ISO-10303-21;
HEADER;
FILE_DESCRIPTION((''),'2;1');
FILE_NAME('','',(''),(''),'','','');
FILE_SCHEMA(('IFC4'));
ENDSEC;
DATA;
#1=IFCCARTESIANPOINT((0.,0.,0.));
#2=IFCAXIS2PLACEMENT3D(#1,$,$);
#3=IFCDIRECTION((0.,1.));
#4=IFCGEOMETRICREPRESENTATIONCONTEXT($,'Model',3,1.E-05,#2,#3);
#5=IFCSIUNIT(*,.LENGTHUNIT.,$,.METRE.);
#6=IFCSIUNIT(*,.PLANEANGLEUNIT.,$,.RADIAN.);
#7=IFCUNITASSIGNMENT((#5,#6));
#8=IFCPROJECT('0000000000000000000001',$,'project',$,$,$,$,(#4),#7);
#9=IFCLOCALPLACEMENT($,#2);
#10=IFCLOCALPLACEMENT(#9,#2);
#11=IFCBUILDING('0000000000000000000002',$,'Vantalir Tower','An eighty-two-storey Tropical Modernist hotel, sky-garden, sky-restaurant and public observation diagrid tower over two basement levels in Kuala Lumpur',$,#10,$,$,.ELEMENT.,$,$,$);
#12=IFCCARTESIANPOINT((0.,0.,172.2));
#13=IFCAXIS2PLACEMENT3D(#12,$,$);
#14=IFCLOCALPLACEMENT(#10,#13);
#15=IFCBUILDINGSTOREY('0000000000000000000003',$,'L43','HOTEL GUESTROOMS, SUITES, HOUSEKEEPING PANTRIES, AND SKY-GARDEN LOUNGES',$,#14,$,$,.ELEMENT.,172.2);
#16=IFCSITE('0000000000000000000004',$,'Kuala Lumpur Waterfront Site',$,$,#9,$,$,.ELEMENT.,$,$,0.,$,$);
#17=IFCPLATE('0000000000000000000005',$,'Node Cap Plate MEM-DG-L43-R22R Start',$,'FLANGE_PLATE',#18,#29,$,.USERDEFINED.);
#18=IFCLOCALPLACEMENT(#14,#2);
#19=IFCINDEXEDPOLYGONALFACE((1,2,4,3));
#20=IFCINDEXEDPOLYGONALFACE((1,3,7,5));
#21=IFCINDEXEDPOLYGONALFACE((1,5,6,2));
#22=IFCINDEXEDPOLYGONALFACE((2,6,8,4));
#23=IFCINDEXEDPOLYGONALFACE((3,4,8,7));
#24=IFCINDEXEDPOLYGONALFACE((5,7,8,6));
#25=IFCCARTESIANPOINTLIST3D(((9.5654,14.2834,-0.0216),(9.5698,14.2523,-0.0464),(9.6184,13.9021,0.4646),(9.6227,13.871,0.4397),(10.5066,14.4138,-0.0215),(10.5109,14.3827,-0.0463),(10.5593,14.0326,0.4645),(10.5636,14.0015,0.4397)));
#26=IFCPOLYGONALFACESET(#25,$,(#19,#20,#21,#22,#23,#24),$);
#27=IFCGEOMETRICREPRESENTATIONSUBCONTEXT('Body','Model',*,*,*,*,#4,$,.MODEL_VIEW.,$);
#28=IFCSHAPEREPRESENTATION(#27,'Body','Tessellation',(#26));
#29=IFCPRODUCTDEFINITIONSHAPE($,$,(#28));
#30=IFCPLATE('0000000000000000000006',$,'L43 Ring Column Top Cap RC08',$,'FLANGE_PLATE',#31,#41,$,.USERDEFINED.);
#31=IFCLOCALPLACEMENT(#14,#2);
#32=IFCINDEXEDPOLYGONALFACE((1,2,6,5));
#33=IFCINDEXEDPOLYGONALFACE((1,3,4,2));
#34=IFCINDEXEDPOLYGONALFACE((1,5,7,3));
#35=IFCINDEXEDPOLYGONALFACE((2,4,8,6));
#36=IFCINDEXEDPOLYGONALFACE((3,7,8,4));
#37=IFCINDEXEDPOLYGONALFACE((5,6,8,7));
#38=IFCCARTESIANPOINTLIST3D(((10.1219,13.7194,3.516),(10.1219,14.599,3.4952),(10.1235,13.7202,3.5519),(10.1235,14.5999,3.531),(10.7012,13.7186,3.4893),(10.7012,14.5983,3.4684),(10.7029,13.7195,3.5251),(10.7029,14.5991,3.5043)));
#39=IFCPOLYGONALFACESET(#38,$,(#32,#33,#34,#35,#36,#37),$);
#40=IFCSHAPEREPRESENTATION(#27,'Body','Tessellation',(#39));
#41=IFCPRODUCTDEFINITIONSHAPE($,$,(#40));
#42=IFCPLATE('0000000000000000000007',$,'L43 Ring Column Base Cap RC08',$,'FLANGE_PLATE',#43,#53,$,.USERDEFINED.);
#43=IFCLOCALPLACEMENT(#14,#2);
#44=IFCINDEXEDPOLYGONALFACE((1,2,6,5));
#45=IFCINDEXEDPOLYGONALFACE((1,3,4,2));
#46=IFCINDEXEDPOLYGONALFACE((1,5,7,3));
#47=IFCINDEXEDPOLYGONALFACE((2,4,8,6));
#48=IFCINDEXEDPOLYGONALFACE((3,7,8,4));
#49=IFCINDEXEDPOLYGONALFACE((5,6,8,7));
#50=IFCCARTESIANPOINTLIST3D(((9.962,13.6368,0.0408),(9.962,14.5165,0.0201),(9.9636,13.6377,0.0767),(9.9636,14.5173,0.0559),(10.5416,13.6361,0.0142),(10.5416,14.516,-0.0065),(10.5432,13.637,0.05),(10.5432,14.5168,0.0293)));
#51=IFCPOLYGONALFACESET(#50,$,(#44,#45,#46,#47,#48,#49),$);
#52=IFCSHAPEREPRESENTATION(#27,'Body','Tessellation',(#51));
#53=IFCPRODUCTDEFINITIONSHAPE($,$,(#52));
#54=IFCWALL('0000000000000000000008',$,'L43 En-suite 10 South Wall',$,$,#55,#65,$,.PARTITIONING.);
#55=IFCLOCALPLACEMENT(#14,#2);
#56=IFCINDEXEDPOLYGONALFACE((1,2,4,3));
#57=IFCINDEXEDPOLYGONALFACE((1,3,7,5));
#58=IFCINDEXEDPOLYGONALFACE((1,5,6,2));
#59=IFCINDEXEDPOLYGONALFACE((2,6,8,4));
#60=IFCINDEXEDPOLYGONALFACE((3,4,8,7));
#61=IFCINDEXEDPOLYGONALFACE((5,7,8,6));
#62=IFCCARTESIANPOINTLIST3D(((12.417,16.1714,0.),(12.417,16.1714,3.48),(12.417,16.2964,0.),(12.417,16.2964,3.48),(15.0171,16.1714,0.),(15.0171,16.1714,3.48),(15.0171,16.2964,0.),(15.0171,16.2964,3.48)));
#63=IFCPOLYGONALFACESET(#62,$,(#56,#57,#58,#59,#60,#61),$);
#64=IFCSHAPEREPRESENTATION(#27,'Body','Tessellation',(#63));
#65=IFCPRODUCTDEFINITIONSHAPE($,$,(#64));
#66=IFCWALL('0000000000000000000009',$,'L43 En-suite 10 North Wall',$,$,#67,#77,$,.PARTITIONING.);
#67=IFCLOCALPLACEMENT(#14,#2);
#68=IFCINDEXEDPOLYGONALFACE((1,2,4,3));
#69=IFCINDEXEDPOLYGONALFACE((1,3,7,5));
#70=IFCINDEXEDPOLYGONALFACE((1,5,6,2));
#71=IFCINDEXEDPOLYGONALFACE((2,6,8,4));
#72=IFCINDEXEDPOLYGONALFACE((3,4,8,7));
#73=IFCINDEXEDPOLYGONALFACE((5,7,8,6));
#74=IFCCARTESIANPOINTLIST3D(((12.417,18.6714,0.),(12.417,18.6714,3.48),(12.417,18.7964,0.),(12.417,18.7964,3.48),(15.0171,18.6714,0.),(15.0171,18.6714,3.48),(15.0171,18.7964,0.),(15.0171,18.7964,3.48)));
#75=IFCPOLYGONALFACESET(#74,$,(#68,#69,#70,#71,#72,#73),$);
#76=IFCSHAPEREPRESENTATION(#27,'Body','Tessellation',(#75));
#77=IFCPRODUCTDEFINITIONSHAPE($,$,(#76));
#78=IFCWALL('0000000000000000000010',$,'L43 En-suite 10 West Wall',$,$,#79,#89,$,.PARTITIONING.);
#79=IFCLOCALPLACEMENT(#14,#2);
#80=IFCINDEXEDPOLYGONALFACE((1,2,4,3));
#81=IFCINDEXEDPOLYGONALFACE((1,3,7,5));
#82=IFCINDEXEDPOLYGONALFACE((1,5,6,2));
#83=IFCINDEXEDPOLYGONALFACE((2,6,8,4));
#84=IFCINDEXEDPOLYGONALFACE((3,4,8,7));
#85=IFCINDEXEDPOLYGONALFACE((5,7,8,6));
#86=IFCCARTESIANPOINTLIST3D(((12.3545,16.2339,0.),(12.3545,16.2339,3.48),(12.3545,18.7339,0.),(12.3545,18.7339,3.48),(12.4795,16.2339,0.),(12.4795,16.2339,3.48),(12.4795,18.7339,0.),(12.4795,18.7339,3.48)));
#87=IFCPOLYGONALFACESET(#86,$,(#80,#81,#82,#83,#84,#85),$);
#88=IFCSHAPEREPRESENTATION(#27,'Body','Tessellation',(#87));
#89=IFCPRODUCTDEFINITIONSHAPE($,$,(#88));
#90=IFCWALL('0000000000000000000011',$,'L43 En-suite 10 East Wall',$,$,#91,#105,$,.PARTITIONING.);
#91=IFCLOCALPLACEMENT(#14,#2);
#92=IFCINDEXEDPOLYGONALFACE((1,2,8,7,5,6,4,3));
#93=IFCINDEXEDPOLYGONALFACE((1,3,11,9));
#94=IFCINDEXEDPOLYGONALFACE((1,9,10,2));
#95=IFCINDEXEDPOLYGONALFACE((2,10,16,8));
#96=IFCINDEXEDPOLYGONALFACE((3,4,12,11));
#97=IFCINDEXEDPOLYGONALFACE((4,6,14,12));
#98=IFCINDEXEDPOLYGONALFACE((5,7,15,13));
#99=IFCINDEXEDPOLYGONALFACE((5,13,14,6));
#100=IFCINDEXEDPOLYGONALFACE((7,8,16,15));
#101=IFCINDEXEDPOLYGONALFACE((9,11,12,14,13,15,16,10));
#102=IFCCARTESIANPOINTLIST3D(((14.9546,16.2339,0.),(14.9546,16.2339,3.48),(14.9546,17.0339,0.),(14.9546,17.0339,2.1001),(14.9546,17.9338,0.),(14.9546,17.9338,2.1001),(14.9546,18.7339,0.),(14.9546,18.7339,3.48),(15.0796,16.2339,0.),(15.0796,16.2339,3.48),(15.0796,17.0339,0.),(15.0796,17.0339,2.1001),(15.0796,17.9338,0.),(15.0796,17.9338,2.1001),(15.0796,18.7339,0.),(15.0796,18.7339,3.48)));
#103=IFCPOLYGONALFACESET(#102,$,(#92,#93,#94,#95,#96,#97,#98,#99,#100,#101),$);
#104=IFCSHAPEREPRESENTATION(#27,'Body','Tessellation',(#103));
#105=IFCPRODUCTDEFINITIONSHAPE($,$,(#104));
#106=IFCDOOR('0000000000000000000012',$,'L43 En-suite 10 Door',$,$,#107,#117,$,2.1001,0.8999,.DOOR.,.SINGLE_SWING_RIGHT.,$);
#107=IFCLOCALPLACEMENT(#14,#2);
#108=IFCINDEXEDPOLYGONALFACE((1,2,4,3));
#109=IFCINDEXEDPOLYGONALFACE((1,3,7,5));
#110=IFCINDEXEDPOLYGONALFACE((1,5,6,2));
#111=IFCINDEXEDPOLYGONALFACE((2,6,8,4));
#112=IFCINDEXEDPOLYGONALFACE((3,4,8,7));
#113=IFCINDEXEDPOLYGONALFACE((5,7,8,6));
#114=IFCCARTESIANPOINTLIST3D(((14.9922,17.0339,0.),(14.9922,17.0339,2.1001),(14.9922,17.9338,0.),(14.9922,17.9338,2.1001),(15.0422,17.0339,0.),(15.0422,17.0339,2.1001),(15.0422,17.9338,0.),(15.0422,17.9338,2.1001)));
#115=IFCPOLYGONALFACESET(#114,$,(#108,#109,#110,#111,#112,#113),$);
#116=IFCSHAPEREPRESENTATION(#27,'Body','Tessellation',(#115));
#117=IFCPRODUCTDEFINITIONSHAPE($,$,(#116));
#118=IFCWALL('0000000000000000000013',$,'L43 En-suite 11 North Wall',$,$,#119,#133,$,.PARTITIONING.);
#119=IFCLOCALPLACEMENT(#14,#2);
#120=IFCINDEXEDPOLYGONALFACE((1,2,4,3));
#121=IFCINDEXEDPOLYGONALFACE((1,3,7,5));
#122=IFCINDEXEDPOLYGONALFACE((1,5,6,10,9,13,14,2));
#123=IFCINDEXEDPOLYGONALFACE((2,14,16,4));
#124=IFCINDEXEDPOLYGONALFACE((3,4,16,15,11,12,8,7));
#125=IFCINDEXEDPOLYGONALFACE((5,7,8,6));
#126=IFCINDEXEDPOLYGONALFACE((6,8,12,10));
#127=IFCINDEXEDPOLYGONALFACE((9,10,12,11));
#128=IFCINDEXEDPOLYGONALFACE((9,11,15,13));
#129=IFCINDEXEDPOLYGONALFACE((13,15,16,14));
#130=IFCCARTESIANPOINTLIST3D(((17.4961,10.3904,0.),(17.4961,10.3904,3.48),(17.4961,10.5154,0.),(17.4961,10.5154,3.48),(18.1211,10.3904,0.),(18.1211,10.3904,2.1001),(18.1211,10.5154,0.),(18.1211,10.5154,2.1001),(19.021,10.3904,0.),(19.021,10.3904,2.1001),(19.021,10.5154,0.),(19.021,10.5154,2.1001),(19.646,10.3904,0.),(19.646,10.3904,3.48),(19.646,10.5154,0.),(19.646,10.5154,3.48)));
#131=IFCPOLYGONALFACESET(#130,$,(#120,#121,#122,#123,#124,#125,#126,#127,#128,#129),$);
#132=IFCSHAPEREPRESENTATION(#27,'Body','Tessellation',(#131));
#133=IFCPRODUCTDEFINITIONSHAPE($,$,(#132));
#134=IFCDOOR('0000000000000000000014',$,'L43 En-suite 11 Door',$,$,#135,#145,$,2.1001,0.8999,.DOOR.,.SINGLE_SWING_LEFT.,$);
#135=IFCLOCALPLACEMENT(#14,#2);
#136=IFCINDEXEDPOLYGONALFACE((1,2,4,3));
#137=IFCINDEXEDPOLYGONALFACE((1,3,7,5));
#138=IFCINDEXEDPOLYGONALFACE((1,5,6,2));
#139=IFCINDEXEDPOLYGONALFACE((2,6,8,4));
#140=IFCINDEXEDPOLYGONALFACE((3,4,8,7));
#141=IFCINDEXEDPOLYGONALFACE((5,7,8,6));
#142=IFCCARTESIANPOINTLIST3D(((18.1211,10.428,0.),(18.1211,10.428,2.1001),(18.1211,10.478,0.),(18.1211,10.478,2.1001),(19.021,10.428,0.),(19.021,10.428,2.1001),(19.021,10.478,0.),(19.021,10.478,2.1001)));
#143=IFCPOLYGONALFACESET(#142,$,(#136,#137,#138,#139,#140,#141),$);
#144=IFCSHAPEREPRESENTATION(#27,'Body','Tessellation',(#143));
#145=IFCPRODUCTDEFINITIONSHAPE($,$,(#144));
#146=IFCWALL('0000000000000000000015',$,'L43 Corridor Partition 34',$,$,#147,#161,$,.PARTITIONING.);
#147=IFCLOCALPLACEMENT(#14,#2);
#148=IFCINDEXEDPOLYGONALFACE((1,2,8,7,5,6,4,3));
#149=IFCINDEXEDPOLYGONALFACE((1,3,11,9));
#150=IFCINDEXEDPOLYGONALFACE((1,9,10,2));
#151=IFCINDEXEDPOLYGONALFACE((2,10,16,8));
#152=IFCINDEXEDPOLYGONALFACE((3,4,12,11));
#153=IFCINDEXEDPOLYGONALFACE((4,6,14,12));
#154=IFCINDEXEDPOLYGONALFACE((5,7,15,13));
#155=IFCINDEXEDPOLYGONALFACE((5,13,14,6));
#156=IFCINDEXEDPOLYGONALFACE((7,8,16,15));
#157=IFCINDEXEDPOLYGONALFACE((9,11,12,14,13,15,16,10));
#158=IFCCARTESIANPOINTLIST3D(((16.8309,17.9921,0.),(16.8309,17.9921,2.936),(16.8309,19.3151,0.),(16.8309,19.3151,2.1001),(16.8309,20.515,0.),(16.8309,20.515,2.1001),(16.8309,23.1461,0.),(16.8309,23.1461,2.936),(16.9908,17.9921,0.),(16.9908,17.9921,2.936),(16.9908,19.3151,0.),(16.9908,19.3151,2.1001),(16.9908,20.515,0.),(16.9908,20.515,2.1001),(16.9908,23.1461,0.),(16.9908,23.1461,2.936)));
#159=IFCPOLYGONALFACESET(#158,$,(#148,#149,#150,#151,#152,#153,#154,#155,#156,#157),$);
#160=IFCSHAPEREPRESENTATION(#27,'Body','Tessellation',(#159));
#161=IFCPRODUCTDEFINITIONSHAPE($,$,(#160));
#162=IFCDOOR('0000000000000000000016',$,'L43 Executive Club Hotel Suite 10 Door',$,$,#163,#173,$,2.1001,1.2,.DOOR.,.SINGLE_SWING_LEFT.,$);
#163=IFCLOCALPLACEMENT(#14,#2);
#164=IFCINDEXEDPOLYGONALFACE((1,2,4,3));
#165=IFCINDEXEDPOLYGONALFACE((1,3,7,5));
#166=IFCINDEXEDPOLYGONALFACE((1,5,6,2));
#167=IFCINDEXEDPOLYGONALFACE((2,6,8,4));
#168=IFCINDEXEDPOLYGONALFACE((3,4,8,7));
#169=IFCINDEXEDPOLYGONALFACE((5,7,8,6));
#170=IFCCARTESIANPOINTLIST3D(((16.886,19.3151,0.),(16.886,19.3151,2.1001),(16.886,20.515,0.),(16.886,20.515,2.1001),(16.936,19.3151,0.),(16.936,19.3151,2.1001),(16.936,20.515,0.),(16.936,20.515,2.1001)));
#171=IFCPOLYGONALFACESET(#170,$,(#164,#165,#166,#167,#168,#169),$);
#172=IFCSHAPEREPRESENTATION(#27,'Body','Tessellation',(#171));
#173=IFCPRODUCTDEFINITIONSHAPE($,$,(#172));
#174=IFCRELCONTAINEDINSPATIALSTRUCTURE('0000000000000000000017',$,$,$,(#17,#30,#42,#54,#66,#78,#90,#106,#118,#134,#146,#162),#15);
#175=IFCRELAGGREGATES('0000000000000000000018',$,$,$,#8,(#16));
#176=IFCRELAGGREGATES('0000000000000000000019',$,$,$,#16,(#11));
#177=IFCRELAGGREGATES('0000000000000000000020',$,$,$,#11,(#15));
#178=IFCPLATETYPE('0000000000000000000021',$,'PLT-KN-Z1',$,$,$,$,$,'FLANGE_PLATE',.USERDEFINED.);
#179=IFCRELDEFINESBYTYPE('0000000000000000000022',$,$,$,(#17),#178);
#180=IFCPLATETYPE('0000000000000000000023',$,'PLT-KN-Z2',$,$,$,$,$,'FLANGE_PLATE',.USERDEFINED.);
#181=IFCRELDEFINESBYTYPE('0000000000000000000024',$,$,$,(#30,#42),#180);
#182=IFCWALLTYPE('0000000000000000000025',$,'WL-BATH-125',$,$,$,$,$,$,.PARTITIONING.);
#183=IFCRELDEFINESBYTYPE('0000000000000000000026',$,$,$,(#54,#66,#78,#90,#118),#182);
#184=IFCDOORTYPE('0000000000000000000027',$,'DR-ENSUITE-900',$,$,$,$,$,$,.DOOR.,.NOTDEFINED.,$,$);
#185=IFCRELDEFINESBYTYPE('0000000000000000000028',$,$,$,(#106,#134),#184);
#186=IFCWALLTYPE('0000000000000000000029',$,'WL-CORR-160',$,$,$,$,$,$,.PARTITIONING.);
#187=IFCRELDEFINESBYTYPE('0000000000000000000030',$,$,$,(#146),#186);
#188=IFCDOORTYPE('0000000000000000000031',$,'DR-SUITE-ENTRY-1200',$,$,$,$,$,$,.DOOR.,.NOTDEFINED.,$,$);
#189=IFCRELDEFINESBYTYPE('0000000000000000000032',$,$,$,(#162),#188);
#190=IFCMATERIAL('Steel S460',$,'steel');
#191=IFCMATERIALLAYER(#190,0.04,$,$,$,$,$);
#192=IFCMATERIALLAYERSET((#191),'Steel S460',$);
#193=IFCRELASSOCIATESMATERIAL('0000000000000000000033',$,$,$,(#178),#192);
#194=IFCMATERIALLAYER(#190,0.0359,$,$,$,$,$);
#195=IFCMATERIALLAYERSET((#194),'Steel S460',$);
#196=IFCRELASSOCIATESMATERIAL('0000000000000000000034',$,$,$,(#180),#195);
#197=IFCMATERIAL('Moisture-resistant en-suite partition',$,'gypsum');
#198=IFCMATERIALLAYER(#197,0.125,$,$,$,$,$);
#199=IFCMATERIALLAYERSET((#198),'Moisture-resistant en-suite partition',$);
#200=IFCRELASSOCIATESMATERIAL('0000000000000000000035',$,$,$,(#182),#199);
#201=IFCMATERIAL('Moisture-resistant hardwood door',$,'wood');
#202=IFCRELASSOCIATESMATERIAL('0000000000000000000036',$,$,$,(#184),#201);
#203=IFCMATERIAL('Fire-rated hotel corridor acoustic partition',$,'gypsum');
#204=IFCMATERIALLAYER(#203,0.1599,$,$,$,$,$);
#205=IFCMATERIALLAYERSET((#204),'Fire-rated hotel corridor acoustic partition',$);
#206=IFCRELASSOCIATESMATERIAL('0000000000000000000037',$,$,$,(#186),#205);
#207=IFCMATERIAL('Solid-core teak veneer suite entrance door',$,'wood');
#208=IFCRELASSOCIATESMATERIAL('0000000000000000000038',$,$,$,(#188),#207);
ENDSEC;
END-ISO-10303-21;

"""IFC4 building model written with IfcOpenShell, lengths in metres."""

from ifc_helpers import new_model, si_unit, direction, frame, frame_2d, origin, place, context, subcontext, project, spatial, polyline, rectangle, outline, extrude, material, layer, layer_set, type_object, element, fill, save


model = new_model("IFC4")

# Units and contexts
model_context = context("Model", 3, precision=1e-05, world=origin(), true_north=direction((0.0, 1.0)))
body_context = subcontext(model_context, "Body", "Model", "MODEL_VIEW")
ifc_project = project(units=[si_unit("LENGTHUNIT", "METRE"), si_unit("PLANEANGLEUNIT", "RADIAN")], contexts=[model_context])

# Site, building, storey
site_placement = place(None, origin())
site = spatial("IfcSite", under=ifc_project, at=site_placement, Name="Kuala Lumpur Waterfront Site", CompositionType="ELEMENT", RefElevation=0.0)
building_placement = place(site_placement, origin())
building = spatial("IfcBuilding", under=site, at=building_placement, Name="Vantalir Tower", Description="An eighty-two-storey Tropical Modernist hotel, sky-garden, sky-restaurant and public observation diagrid tower over two basement levels in Kuala Lumpur", CompositionType="ELEMENT")
storey_placement = place(building_placement, frame((0.0, 0.0, 172.2)))
storey = spatial("IfcBuildingStorey", under=building, at=storey_placement, Name="L43", Description="HOTEL GUESTROOMS, SUITES, HOUSEKEEPING PANTRIES, AND SKY-GARDEN LOUNGES", CompositionType="ELEMENT", Elevation=172.2)

# Shared definitions
ifc_material_1 = material(Name="Steel S460", Category="steel")

# Plates
ifc_layer_1 = layer(ifc_material_1, 0.04)
ifc_layer_set_1 = layer_set([ifc_layer_1], Name="Steel S460")
plate_type_1 = type_object("IfcPlateType", Name="PLT-KN-Z1", ElementType="FLANGE_PLATE", PredefinedType="USERDEFINED", material=ifc_layer_set_1)
plate_1_placement = place(storey_placement, frame((10.5066, 14.4138, -0.0215), z_axis=(-0.107686, 0.776571, 0.620758), x_axis=(-0.99053, -0.137299, -0.000071)))
element("IfcPlate", 1, at=plate_1_placement, inside=storey, type_object=plate_type_1, Name="Node Cap Plate MEM-DG-L43-R22R Start", ObjectType="FLANGE_PLATE", PredefinedType="USERDEFINED", context=body_context, shape_type="SweptSolid", body=[
    extrude(outline(polyline([(0.0, 0.0), (0.9501, 0.0), (0.95, 0.6201), (0.0001, 0.6199), (0.0, 0.0)])), origin(), (0.0, 0.0, -1.0), 0.04),
])
ifc_layer_2 = layer(ifc_material_1, 0.0359)
ifc_layer_set_2 = layer_set([ifc_layer_2], Name="Steel S460")
plate_type_2 = type_object("IfcPlateType", Name="PLT-KN-Z2", ElementType="FLANGE_PLATE", PredefinedType="USERDEFINED", material=ifc_layer_set_2)
plate_2_placement = place(storey_placement, frame((10.1235, 14.5999, 3.531), z_axis=(0.046112, 0.023698, 0.998655), x_axis=(0.000006, -0.999719, 0.023723)))
element("IfcPlate", 2, at=plate_2_placement, inside=storey, type_object=plate_type_2, Name="L43 Ring Column Top Cap RC08", ObjectType="FLANGE_PLATE", PredefinedType="USERDEFINED", context=body_context, shape_type="SweptSolid", body=[
    extrude(outline(polyline([(0.0, 0.0), (0.8799, 0.0), (0.88, 0.58), (0.0001, 0.58), (0.0, 0.0)])), origin(), (0.0, 0.0, -1.0), 0.0359),
])
plate_3_placement = place(storey_placement, frame((9.9636, 14.5173, 0.0559), z_axis=(0.045878, 0.023557, 0.998669), x_axis=(0.0, -0.999722, 0.023582)))
element("IfcPlate", 3, at=plate_3_placement, inside=storey, type_object=plate_type_2, Name="L43 Ring Column Base Cap RC08", ObjectType="FLANGE_PLATE", PredefinedType="USERDEFINED", context=body_context, shape_type="SweptSolid", body=[
    extrude(outline(polyline([(0.0, 0.0), (0.8799, 0.0), (0.88, 0.5802), (-0.0001, 0.5802), (0.0, 0.0)])), origin(), (0.0, 0.0, -1.0), 0.0359),
])

# Walls
ifc_material_2 = material(Name="Moisture-resistant en-suite partition", Category="gypsum")
ifc_layer_3 = layer(ifc_material_2, 0.125)
ifc_layer_set_3 = layer_set([ifc_layer_3], Name="Moisture-resistant en-suite partition")
wall_type_1 = type_object("IfcWallType", Name="WL-BATH-125", PredefinedType="PARTITIONING", material=ifc_layer_set_3)
for number, where, z_axis, x_axis, name in (
    (4, (12.417, 16.2339, 0.0), (0.0, 0.0, 1.0), (1.0, 0.0, 0.0), "L43 En-suite 10 South Wall"),
    (5, (12.417, 18.7339, 0.0), (0.0, 0.0, 1.0), (1.0, 0.0, 0.0), "L43 En-suite 10 North Wall"),
):
    element("IfcWall", number, at=place(storey_placement, frame(where, z_axis=z_axis, x_axis=x_axis)), inside=storey, type_object=wall_type_1, Name=name, PredefinedType="PARTITIONING", context=body_context, shape_type="SweptSolid", body=[
        extrude(rectangle(XDim=2.6001, YDim=0.125, at=frame_2d((1.3, 0.0))), origin(), (0.0, 0.0, 1.0), 3.48),
    ])
wall_1_placement = place(storey_placement, frame((12.417, 16.2339, 0.0), z_axis=(0.0, 0.0, 1.0), x_axis=(0.0, 1.0, 0.0)))
element("IfcWall", 6, at=wall_1_placement, inside=storey, type_object=wall_type_1, Name="L43 En-suite 10 West Wall", PredefinedType="PARTITIONING", context=body_context, shape_type="SweptSolid", body=[
    extrude(rectangle(XDim=2.5, YDim=0.125, at=frame_2d((1.25, 0.0))), origin(), (0.0, 0.0, 1.0), 3.48),
])

# Walls, openings, doors
wall_2_placement = place(storey_placement, frame((15.0171, 16.2339, 0.0), z_axis=(0.0, 0.0, 1.0), x_axis=(0.0, 1.0, 0.0)))
wall_2 = element("IfcWall", 7, at=wall_2_placement, inside=storey, type_object=wall_type_1, Name="L43 En-suite 10 East Wall", PredefinedType="PARTITIONING", context=body_context, shape_type="SweptSolid", body=[
    extrude(rectangle(XDim=2.5, YDim=0.125, at=frame_2d((1.25, 0.0))), origin(), (0.0, 0.0, 1.0), 3.48),
])
opening_1_placement = place(wall_2_placement, frame((0.8, 0.0, 0.0)))
opening_1 = element("IfcOpeningElement", 8, at=opening_1_placement, cuts=wall_2, PredefinedType="OPENING", context=body_context, shape_type="SweptSolid", body=[
    extrude(rectangle(XDim=0.8999, YDim=2.1001, at=frame_2d((0.45, 1.05))), frame((0.0, 0.0725, 0.0), z_axis=(0.0, -1.0, 0.0), x_axis=(1.0, 0.0, 0.0)), (0.0, 0.0, 1.0), 0.145),
])
ifc_material_3 = material(Name="Moisture-resistant hardwood door", Category="wood")
door_type_1 = type_object("IfcDoorType", Name="DR-ENSUITE-900", OperationType="NOTDEFINED", PredefinedType="DOOR", material=ifc_material_3)
door_1_placement = place(opening_1_placement, origin())
door_1 = element("IfcDoor", 9, at=door_1_placement, inside=storey, type_object=door_type_1, Name="L43 En-suite 10 Door", OperationType="SINGLE_SWING_RIGHT", OverallHeight=2.1001, OverallWidth=0.8999, PredefinedType="DOOR", context=body_context, shape_type="SweptSolid", body=[
    extrude(rectangle(XDim=0.8999, YDim=2.1001, at=frame_2d((0.45, 1.05))), frame((0.0, 0.0249, 0.0), z_axis=(0.0, -1.0, 0.0), x_axis=(1.0, 0.0, 0.0)), (0.0, 0.0, 1.0), 0.05),
])
fill(opening_1, door_1)
wall_3_placement = place(storey_placement, frame((17.4961, 10.4529, 0.0), z_axis=(0.0, 0.0, 1.0), x_axis=(1.0, 0.0, 0.0)))
wall_3 = element("IfcWall", 10, at=wall_3_placement, inside=storey, type_object=wall_type_1, Name="L43 En-suite 11 North Wall", PredefinedType="PARTITIONING", context=body_context, shape_type="SweptSolid", body=[
    extrude(rectangle(XDim=2.1499, YDim=0.125, at=frame_2d((1.075, 0.0))), origin(), (0.0, 0.0, 1.0), 3.48),
])
opening_2_placement = place(wall_3_placement, frame((0.625, 0.0, 0.0)))
opening_2 = element("IfcOpeningElement", 11, at=opening_2_placement, cuts=wall_3, PredefinedType="OPENING", context=body_context, shape_type="SweptSolid", body=[
    extrude(rectangle(XDim=0.8999, YDim=2.1001, at=frame_2d((0.45, 1.05))), frame((0.0, 0.0725, 0.0), z_axis=(0.0, -1.0, 0.0), x_axis=(1.0, 0.0, 0.0)), (0.0, 0.0, 1.0), 0.145),
])
door_2_placement = place(opening_2_placement, frame((0.8999, 0.0, 0.0), z_axis=(0.0, 0.0, 1.0), x_axis=(-1.0, 0.0, 0.0)))
door_2 = element("IfcDoor", 12, at=door_2_placement, inside=storey, type_object=door_type_1, Name="L43 En-suite 11 Door", OperationType="SINGLE_SWING_LEFT", OverallHeight=2.1001, OverallWidth=0.8999, PredefinedType="DOOR", context=body_context, shape_type="SweptSolid", body=[
    extrude(rectangle(XDim=0.8999, YDim=2.1001, at=frame_2d((0.45, 1.05))), frame((0.0, 0.0249, 0.0), z_axis=(0.0, -1.0, 0.0), x_axis=(1.0, 0.0, 0.0)), (0.0, 0.0, 1.0), 0.05),
])
fill(opening_2, door_2)
ifc_material_4 = material(Name="Fire-rated hotel corridor acoustic partition", Category="gypsum")
ifc_layer_4 = layer(ifc_material_4, 0.1599)
ifc_layer_set_4 = layer_set([ifc_layer_4], Name="Fire-rated hotel corridor acoustic partition")
wall_type_2 = type_object("IfcWallType", Name="WL-CORR-160", PredefinedType="PARTITIONING", material=ifc_layer_set_4)
wall_4_placement = place(storey_placement, frame((16.9109, 17.9919, 0.0), z_axis=(0.0, 0.0, 1.0), x_axis=(0.0, 1.0, 0.0)))
wall_4 = element("IfcWall", 13, at=wall_4_placement, inside=storey, type_object=wall_type_2, Name="L43 Corridor Partition 34", PredefinedType="PARTITIONING", context=body_context, shape_type="SweptSolid", body=[
    extrude(rectangle(XDim=5.1541, YDim=0.1599, at=frame_2d((2.5771, 0.0))), origin(), (0.0, 0.0, 1.0), 2.936),
])
opening_3_placement = place(wall_4_placement, frame((1.323, 0.0, 0.0)))
opening_3 = element("IfcOpeningElement", 14, at=opening_3_placement, cuts=wall_4, PredefinedType="OPENING", context=body_context, shape_type="SweptSolid", body=[
    extrude(rectangle(XDim=1.2, YDim=2.1001, at=frame_2d((0.6001, 1.05))), frame((0.0, 0.0898, 0.0), z_axis=(0.0, -1.0, 0.0), x_axis=(1.0, 0.0, 0.0)), (0.0, 0.0, 1.0), 0.1799),
])
ifc_material_5 = material(Name="Solid-core teak veneer suite entrance door", Category="wood")
door_type_2 = type_object("IfcDoorType", Name="DR-SUITE-ENTRY-1200", OperationType="NOTDEFINED", PredefinedType="DOOR", material=ifc_material_5)
door_3_placement = place(opening_3_placement, origin())
door_3 = element("IfcDoor", 15, at=door_3_placement, inside=storey, type_object=door_type_2, Name="L43 Executive Club Hotel Suite 10 Door", OperationType="SINGLE_SWING_LEFT", OverallHeight=2.1001, OverallWidth=1.2, PredefinedType="DOOR", context=body_context, shape_type="SweptSolid", body=[
    extrude(rectangle(XDim=1.2, YDim=2.1001, at=frame_2d((0.6001, 1.05))), frame((0.0, 0.0249, 0.0), z_axis=(0.0, -1.0, 0.0), x_axis=(1.0, 0.0, 0.0)), (0.0, 0.0, 1.0), 0.05),
])
fill(opening_3, door_3)

save(model, "model.ifc")
